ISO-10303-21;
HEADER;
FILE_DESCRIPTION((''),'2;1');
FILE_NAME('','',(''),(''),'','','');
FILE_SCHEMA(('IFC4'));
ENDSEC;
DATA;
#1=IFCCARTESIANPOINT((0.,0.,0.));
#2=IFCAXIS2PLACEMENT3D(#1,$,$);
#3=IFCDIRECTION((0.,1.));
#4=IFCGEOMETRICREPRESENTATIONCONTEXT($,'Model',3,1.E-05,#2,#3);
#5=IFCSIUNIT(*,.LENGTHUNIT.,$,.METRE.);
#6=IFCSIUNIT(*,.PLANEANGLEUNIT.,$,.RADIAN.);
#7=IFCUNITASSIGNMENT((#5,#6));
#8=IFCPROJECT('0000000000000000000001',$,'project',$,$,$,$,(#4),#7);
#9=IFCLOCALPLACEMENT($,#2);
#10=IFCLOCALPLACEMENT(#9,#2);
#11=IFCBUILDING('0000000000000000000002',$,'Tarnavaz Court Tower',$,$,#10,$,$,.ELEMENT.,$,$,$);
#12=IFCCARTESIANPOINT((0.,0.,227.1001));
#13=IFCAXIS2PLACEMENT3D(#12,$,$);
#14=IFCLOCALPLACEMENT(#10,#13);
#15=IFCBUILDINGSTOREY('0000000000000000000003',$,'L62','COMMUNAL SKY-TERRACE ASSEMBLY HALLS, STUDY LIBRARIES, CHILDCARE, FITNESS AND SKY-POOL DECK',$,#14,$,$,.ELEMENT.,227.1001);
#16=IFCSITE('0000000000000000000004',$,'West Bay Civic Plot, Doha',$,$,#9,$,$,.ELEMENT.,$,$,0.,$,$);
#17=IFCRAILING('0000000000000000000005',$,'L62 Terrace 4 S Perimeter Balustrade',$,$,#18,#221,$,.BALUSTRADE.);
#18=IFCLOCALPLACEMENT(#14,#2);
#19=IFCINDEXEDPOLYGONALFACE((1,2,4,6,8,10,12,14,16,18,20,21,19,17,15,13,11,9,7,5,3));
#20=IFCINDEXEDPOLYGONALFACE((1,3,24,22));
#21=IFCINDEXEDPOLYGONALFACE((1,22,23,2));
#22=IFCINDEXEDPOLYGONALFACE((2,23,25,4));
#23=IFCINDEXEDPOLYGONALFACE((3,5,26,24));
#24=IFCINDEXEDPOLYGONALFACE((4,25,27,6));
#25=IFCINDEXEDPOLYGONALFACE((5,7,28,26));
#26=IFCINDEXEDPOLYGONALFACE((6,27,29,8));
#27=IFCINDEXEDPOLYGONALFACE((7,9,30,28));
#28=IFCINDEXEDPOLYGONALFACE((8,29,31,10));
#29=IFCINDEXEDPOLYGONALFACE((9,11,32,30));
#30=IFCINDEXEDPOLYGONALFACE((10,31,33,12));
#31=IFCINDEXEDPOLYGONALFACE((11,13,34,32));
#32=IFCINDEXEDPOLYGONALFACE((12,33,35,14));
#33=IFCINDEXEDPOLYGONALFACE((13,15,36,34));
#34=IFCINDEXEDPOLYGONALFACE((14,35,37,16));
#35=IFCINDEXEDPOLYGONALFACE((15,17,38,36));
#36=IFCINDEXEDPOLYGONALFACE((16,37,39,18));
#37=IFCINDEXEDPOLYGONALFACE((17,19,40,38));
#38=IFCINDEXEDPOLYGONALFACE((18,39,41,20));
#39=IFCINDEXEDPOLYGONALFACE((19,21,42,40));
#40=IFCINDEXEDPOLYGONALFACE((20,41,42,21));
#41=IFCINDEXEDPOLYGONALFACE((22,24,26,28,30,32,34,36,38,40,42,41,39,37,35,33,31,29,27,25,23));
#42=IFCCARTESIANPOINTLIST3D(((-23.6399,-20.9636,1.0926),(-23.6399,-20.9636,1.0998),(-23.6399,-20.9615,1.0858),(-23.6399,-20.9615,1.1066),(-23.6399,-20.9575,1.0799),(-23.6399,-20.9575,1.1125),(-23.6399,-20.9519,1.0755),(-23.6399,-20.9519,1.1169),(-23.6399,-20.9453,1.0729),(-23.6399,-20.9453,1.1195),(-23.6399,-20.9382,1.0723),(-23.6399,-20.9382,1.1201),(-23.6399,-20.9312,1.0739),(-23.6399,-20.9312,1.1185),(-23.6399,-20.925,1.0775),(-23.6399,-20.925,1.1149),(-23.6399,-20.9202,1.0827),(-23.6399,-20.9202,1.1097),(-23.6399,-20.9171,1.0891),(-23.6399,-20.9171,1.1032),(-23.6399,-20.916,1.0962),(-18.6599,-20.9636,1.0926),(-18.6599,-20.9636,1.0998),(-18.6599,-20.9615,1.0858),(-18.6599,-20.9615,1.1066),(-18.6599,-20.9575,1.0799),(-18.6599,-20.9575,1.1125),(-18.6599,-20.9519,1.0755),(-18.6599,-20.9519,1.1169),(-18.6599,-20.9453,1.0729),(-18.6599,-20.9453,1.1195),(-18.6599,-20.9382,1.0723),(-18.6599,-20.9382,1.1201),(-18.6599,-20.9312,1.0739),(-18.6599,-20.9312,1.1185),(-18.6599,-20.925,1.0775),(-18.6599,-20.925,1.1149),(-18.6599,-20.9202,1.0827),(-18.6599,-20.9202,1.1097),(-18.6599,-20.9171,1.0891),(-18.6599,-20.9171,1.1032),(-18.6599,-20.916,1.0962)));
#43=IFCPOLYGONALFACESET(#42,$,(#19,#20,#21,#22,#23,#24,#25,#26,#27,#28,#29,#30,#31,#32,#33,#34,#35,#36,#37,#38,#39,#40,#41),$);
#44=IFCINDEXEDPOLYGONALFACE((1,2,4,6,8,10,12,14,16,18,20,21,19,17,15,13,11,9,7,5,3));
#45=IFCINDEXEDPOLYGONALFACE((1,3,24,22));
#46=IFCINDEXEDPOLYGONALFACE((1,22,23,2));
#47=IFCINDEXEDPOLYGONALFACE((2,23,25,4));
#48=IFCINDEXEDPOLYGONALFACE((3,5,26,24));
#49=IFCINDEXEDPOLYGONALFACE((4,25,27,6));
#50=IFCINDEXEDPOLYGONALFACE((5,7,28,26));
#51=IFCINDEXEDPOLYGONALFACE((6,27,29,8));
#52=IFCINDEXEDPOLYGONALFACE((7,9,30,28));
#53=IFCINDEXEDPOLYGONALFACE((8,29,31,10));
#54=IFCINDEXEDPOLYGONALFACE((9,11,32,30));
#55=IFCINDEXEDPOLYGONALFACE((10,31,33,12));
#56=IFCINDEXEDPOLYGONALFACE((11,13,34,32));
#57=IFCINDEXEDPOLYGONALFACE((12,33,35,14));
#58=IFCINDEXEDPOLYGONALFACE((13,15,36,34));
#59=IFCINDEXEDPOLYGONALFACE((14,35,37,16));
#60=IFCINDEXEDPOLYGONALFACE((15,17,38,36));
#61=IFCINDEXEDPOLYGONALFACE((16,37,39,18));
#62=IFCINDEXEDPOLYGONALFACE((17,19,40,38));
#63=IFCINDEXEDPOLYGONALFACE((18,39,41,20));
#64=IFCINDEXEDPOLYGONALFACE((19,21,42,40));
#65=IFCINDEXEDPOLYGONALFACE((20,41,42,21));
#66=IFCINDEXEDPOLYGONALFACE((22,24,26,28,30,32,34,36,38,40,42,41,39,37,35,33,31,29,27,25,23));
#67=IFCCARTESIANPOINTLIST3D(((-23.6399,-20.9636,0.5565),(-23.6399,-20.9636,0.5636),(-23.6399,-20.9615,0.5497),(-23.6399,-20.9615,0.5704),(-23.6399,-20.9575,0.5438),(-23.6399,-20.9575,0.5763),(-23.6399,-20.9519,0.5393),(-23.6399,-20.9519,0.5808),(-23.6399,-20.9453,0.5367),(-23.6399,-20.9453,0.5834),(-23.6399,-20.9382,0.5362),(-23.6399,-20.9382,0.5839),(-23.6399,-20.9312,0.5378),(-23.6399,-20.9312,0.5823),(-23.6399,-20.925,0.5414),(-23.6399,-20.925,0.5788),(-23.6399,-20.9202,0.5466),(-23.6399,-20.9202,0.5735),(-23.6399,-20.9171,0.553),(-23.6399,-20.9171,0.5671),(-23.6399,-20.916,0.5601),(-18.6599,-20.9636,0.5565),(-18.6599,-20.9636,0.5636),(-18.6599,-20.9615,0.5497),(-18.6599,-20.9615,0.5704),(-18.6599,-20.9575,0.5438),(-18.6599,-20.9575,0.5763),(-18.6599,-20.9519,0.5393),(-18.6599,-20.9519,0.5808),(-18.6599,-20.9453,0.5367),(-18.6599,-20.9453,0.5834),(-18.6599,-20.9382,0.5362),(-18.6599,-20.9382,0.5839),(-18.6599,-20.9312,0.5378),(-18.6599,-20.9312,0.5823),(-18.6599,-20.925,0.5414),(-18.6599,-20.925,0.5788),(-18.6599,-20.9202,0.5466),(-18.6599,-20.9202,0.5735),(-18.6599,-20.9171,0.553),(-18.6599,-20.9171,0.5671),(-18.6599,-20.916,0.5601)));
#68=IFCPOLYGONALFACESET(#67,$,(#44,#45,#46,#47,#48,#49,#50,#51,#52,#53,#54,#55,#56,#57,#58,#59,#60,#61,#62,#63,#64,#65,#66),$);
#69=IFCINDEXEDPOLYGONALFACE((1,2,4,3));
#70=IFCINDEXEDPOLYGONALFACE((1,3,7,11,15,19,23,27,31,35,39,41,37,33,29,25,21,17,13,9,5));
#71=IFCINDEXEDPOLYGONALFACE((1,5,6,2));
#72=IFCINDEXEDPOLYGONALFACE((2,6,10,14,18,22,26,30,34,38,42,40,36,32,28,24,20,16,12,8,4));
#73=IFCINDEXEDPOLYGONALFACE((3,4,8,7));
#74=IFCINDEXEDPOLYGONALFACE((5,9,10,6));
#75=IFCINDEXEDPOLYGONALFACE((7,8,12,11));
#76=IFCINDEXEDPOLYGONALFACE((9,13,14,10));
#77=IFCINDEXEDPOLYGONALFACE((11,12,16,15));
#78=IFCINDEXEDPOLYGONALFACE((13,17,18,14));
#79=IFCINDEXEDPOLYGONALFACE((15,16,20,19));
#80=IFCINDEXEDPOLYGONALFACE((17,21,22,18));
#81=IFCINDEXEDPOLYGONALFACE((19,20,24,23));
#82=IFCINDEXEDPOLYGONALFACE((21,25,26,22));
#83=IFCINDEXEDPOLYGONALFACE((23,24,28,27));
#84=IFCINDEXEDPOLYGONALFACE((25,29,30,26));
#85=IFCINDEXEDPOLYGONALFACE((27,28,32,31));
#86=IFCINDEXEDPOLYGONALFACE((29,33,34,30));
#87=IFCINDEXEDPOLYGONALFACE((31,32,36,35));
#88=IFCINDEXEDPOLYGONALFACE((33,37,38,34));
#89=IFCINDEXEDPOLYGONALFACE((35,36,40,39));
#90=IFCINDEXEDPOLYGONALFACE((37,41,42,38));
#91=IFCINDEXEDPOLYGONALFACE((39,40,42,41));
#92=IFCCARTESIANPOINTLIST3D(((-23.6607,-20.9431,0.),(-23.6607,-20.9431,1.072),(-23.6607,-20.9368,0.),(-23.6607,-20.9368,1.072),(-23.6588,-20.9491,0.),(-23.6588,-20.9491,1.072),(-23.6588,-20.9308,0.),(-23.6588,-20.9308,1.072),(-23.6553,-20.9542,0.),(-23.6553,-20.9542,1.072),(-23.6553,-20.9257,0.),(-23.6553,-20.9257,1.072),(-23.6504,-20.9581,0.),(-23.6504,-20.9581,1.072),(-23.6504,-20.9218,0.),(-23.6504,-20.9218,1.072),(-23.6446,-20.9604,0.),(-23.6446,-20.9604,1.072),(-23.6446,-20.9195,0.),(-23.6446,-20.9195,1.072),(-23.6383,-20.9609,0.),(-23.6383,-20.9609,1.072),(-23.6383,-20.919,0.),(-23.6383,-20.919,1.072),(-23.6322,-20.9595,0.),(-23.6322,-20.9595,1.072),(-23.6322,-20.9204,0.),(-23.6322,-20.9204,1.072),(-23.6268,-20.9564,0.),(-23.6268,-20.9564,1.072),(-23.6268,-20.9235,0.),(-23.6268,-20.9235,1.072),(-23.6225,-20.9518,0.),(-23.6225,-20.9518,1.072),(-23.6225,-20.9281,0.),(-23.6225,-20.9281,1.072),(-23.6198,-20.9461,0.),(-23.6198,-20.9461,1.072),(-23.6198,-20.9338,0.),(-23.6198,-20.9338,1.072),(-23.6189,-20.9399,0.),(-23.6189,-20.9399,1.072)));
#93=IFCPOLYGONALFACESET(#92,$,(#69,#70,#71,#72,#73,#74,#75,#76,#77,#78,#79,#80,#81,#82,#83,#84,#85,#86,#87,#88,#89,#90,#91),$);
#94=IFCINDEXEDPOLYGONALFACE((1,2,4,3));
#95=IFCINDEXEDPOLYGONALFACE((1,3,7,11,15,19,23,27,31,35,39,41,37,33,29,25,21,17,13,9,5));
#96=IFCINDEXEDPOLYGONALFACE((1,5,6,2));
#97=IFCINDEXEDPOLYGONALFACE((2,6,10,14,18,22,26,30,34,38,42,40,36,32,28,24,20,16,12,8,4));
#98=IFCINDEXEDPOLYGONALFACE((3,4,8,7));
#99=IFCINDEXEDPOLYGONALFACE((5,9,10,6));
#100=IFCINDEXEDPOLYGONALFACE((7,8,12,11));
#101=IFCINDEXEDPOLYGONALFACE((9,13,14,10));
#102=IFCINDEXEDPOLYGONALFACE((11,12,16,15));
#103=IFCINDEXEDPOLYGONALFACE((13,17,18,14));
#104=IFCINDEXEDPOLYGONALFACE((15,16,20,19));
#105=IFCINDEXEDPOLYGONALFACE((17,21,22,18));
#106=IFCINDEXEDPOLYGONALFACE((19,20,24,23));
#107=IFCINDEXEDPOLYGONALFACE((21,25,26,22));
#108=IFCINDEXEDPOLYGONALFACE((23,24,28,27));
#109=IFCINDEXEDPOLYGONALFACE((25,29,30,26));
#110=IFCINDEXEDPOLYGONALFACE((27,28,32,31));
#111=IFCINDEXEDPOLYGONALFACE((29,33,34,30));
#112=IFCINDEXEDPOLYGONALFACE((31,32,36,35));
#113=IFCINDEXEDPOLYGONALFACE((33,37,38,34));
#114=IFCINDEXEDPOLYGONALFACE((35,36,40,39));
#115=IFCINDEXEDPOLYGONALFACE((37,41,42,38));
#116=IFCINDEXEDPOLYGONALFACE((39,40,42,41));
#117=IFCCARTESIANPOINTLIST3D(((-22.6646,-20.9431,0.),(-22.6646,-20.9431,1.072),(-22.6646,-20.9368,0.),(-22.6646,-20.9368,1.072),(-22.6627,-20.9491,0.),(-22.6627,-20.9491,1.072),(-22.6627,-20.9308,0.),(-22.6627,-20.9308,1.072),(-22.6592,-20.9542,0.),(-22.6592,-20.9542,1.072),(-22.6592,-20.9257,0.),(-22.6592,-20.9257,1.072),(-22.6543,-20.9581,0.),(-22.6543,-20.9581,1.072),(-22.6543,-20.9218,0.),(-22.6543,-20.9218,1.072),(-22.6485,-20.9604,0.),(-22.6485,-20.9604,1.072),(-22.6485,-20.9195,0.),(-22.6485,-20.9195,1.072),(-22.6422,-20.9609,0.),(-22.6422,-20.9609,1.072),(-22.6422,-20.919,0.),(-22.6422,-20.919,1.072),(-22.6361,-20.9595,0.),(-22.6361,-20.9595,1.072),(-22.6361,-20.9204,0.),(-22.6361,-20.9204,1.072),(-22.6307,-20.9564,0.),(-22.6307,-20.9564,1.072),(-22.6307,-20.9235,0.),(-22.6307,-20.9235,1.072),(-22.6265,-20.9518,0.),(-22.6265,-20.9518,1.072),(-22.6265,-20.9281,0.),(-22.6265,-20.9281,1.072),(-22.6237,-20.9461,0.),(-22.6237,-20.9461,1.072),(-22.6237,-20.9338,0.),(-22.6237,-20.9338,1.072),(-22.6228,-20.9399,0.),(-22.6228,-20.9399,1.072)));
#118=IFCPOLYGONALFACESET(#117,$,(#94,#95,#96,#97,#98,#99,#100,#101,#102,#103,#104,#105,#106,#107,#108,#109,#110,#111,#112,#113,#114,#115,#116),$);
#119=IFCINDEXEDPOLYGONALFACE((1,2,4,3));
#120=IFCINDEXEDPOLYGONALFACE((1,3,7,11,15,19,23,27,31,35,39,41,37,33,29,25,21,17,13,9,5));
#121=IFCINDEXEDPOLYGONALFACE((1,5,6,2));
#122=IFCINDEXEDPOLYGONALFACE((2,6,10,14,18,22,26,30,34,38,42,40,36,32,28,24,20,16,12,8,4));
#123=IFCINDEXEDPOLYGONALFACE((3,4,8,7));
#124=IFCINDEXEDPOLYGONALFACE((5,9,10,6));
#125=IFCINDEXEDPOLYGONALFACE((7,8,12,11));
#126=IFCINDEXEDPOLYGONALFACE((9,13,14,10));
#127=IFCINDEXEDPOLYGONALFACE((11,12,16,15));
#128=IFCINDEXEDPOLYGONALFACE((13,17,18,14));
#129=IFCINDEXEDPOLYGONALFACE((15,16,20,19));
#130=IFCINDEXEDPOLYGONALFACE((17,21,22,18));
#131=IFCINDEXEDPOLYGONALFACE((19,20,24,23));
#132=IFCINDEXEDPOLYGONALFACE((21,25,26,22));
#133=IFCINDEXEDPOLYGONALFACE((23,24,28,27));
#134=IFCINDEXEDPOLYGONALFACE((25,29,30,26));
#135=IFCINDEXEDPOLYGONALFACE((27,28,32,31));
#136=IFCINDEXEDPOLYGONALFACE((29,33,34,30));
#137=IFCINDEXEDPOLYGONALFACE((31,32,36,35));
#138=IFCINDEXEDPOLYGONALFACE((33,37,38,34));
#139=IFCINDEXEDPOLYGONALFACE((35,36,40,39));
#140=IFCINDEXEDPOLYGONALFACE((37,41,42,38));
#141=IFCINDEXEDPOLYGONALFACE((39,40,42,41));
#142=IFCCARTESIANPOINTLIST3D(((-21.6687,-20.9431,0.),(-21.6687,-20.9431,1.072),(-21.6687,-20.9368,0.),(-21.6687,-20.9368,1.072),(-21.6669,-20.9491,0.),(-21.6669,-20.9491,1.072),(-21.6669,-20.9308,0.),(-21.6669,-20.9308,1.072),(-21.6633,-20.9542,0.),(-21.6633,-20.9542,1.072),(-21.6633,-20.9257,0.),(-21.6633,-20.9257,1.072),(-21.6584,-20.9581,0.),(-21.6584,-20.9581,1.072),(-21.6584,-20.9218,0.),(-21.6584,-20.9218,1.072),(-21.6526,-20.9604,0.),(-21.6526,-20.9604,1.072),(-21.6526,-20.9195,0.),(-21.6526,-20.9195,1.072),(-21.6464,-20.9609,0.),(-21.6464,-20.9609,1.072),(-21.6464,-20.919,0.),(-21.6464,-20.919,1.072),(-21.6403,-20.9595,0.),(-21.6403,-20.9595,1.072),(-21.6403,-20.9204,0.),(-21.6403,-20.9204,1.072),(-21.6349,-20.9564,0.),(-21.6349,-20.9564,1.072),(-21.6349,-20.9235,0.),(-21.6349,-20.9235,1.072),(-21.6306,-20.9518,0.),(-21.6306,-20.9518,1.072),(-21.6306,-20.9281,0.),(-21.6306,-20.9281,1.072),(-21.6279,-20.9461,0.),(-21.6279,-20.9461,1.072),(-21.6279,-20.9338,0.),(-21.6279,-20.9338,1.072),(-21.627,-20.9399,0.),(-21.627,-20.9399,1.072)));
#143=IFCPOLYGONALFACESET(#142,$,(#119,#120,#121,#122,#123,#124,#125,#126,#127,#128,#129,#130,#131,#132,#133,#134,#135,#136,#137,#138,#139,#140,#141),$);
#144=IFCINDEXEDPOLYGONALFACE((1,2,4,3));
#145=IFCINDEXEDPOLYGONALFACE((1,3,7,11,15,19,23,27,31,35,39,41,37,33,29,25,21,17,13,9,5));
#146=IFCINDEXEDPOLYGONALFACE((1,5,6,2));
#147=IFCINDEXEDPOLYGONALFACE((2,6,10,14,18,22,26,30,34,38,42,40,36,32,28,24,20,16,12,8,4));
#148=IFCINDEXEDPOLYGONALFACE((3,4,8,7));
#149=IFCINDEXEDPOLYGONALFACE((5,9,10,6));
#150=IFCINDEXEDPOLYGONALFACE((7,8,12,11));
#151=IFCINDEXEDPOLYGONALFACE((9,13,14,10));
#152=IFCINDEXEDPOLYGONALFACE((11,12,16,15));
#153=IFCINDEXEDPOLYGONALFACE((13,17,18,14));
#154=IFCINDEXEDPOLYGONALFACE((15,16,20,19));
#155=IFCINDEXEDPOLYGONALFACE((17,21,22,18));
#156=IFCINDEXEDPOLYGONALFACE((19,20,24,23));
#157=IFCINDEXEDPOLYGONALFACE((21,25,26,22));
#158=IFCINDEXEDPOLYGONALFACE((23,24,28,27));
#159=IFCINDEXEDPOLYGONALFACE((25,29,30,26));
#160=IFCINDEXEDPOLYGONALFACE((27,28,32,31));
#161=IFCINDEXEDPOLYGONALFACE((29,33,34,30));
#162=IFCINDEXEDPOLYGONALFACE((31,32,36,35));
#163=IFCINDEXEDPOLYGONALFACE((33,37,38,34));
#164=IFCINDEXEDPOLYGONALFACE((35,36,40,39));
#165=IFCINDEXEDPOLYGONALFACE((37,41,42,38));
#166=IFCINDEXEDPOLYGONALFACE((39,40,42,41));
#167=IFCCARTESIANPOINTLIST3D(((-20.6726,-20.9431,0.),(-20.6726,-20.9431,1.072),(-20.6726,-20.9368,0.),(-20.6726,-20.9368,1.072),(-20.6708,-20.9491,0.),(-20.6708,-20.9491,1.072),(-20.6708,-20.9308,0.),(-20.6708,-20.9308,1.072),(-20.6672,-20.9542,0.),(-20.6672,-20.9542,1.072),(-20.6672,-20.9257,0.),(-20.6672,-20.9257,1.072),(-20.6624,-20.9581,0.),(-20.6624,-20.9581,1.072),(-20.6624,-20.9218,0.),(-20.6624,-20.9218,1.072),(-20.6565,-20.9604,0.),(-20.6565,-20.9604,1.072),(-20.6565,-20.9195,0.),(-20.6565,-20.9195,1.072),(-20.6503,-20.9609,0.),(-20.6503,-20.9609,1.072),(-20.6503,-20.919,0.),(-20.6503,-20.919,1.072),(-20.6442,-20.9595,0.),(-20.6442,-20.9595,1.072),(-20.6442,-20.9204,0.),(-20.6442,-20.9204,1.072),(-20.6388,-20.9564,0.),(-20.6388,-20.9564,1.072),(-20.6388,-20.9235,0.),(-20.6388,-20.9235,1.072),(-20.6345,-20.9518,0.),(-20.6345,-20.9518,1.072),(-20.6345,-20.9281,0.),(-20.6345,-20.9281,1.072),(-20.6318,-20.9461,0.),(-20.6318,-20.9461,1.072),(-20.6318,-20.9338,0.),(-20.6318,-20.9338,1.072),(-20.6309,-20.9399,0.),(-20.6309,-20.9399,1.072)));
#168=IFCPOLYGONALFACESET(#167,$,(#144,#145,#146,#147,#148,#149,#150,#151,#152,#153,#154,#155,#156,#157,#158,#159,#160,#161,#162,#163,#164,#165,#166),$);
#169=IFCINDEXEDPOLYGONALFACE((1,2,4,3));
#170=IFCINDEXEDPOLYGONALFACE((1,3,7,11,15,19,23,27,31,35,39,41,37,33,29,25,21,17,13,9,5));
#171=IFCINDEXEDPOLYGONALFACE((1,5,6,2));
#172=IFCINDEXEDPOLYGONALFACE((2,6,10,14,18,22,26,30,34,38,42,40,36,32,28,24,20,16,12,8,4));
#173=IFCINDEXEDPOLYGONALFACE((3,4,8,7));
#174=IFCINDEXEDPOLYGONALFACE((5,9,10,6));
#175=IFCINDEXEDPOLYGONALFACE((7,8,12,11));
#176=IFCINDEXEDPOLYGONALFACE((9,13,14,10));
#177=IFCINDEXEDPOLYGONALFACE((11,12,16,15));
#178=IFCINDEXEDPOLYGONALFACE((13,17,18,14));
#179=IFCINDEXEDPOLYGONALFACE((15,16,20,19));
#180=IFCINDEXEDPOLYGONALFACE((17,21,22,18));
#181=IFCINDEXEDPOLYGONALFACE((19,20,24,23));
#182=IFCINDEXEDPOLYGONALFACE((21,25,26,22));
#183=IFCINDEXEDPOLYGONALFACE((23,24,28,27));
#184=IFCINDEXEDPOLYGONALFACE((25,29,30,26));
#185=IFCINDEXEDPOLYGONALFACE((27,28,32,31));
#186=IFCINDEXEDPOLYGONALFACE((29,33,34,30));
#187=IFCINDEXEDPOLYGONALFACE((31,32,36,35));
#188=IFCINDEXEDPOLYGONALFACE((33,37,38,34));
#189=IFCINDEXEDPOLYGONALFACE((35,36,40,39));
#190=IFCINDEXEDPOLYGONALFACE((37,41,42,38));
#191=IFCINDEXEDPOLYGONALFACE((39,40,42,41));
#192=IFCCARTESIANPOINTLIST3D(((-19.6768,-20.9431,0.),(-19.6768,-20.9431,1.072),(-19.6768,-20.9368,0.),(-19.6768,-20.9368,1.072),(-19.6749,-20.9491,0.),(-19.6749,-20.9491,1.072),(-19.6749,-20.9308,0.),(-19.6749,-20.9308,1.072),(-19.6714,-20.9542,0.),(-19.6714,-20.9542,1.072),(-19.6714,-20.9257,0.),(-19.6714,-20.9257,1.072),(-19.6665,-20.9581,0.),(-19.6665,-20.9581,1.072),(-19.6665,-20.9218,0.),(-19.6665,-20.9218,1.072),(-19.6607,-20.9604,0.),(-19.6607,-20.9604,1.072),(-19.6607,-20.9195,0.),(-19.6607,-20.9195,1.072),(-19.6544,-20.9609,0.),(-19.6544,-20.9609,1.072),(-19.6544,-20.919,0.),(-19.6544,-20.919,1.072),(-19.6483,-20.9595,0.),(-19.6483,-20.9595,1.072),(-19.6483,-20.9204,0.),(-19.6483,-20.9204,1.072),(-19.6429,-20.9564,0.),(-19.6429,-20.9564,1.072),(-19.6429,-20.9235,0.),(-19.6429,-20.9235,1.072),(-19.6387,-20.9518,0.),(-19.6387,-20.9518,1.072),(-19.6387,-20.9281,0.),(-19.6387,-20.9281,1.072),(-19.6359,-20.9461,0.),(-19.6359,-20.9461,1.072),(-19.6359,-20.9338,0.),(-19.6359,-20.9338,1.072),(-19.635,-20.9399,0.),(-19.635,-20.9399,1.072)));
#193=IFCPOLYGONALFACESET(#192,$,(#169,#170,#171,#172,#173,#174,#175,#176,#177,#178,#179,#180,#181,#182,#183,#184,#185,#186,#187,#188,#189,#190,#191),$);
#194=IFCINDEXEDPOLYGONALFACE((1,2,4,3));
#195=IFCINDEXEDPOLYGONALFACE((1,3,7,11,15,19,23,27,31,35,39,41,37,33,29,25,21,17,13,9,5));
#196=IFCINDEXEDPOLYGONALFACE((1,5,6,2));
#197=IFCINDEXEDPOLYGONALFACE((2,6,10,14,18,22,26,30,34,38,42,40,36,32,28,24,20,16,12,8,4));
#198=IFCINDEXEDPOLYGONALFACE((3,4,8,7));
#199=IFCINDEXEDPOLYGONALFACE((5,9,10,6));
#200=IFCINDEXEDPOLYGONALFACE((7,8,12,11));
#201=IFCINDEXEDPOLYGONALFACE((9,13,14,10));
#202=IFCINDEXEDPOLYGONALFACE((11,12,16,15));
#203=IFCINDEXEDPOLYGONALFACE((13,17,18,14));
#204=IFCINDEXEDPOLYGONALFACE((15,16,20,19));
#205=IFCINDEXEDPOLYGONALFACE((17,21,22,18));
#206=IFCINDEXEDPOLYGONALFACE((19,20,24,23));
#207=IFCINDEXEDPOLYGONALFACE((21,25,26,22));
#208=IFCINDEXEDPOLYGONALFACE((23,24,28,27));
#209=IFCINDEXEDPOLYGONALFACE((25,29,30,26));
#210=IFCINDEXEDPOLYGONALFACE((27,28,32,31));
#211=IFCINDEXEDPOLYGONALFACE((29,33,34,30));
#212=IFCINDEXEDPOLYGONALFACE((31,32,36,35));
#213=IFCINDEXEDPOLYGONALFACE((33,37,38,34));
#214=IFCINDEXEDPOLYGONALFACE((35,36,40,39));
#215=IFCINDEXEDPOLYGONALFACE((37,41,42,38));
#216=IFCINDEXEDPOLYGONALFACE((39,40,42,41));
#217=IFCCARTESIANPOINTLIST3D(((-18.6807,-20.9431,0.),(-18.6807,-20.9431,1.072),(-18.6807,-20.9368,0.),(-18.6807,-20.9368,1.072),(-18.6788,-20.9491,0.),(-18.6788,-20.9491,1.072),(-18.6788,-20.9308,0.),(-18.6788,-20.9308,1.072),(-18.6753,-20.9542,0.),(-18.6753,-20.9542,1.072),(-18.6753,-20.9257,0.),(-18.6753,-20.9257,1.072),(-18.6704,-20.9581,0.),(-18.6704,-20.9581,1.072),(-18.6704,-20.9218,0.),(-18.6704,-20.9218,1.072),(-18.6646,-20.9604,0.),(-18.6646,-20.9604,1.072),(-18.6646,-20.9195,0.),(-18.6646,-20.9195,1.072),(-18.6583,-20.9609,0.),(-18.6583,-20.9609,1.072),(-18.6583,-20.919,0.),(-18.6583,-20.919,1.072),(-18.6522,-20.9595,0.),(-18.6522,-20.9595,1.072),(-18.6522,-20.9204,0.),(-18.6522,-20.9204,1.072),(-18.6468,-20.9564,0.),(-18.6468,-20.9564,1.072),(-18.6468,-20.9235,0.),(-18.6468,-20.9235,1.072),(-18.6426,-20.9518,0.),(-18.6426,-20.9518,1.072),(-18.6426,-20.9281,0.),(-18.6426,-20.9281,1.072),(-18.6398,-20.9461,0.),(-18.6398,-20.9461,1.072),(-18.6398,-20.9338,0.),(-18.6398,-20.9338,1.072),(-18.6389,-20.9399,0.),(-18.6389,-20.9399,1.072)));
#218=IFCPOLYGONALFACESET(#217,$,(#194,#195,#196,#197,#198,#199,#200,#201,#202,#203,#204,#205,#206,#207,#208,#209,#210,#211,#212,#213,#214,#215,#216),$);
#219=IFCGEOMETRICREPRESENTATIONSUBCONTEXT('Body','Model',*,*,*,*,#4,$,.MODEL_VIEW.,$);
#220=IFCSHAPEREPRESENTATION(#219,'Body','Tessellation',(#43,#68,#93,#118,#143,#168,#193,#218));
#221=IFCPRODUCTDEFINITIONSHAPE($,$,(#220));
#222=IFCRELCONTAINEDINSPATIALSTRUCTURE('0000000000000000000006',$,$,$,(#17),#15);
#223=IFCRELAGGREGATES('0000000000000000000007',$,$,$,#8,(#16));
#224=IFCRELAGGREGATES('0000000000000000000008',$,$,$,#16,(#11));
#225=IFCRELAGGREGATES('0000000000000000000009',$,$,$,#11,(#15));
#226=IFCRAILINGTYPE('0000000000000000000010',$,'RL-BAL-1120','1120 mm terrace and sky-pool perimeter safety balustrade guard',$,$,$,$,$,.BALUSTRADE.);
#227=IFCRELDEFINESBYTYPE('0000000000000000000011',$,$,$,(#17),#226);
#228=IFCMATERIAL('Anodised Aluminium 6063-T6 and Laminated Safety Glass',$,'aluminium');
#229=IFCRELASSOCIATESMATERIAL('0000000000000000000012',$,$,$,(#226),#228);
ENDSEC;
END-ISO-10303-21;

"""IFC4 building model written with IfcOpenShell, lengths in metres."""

from ifc_helpers import new_model, si_unit, direction, frame, origin, origin_2d, place, context, subcontext, project, spatial, circle, extrude, material, type_object, element, save


model = new_model("IFC4")

# Units and contexts
model_context = context("Model", 3, precision=1e-05, world=origin(), true_north=direction((0.0, 1.0)))
body_context = subcontext(model_context, "Body", "Model", "MODEL_VIEW")
ifc_project = project(units=[si_unit("LENGTHUNIT", "METRE"), si_unit("PLANEANGLEUNIT", "RADIAN")], contexts=[model_context])

# Site, building, storey
site_placement = place(None, origin())
site = spatial("IfcSite", under=ifc_project, at=site_placement, Name="West Bay Civic Plot, Doha", CompositionType="ELEMENT", RefElevation=0.0)
building_placement = place(site_placement, origin())
building = spatial("IfcBuilding", under=site, at=building_placement, Name="Tarnavaz Court Tower", CompositionType="ELEMENT")
storey_placement = place(building_placement, frame((0.0, 0.0, 227.1001)))
storey = spatial("IfcBuildingStorey", under=building, at=storey_placement, Name="L62", Description="COMMUNAL SKY-TERRACE ASSEMBLY HALLS, STUDY LIBRARIES, CHILDCARE, FITNESS AND SKY-POOL DECK", CompositionType="ELEMENT", Elevation=227.1001)

# Railing
ifc_material_1 = material(Name="Anodised Aluminium 6063-T6 and Laminated Safety Glass", Category="aluminium")
railing_type = type_object("IfcRailingType", Name="RL-BAL-1120", Description="1120 mm terrace and sky-pool perimeter safety balustrade guard", PredefinedType="BALUSTRADE", material=ifc_material_1)
railing_1_placement = place(storey_placement, frame((-23.6399, -20.9399, 0.0)))
element("IfcRailing", 1, at=railing_1_placement, inside=storey, type_object=railing_type, Name="L62 Terrace 4 S Perimeter Balustrade", PredefinedType="BALUSTRADE", context=body_context, shape_type="SweptSolid", body=[
    extrude(circle(Radius=0.0239, at=origin_2d()), frame((0.0, 0.0, 1.0962), z_axis=(1.0, 0.0, 0.0), x_axis=(0.0, 1.0, 0.0)), (0.0, 0.0, 1.0), 4.98),
    extrude(circle(Radius=0.0239, at=origin_2d()), frame((0.0, 0.0, 0.5601), z_axis=(1.0, 0.0, 0.0), x_axis=(0.0, 1.0, 0.0)), (0.0, 0.0, 1.0), 4.98),
    extrude(circle(Radius=0.021, at=origin_2d()), origin(), (0.0, 0.0, 1.0), 1.072),
    extrude(circle(Radius=0.021, at=origin_2d()), frame((0.9961, 0.0, 0.0)), (0.0, 0.0, 1.0), 1.072),
    extrude(circle(Radius=0.021, at=origin_2d()), frame((1.9919, 0.0, 0.0)), (0.0, 0.0, 1.0), 1.072),
    extrude(circle(Radius=0.021, at=origin_2d()), frame((2.988, 0.0, 0.0)), (0.0, 0.0, 1.0), 1.072),
    extrude(circle(Radius=0.021, at=origin_2d()), frame((3.9839, 0.0, 0.0)), (0.0, 0.0, 1.0), 1.072),
    extrude(circle(Radius=0.021, at=origin_2d()), frame((4.98, 0.0, 0.0)), (0.0, 0.0, 1.0), 1.072),
])

save(model, "model.ifc")
